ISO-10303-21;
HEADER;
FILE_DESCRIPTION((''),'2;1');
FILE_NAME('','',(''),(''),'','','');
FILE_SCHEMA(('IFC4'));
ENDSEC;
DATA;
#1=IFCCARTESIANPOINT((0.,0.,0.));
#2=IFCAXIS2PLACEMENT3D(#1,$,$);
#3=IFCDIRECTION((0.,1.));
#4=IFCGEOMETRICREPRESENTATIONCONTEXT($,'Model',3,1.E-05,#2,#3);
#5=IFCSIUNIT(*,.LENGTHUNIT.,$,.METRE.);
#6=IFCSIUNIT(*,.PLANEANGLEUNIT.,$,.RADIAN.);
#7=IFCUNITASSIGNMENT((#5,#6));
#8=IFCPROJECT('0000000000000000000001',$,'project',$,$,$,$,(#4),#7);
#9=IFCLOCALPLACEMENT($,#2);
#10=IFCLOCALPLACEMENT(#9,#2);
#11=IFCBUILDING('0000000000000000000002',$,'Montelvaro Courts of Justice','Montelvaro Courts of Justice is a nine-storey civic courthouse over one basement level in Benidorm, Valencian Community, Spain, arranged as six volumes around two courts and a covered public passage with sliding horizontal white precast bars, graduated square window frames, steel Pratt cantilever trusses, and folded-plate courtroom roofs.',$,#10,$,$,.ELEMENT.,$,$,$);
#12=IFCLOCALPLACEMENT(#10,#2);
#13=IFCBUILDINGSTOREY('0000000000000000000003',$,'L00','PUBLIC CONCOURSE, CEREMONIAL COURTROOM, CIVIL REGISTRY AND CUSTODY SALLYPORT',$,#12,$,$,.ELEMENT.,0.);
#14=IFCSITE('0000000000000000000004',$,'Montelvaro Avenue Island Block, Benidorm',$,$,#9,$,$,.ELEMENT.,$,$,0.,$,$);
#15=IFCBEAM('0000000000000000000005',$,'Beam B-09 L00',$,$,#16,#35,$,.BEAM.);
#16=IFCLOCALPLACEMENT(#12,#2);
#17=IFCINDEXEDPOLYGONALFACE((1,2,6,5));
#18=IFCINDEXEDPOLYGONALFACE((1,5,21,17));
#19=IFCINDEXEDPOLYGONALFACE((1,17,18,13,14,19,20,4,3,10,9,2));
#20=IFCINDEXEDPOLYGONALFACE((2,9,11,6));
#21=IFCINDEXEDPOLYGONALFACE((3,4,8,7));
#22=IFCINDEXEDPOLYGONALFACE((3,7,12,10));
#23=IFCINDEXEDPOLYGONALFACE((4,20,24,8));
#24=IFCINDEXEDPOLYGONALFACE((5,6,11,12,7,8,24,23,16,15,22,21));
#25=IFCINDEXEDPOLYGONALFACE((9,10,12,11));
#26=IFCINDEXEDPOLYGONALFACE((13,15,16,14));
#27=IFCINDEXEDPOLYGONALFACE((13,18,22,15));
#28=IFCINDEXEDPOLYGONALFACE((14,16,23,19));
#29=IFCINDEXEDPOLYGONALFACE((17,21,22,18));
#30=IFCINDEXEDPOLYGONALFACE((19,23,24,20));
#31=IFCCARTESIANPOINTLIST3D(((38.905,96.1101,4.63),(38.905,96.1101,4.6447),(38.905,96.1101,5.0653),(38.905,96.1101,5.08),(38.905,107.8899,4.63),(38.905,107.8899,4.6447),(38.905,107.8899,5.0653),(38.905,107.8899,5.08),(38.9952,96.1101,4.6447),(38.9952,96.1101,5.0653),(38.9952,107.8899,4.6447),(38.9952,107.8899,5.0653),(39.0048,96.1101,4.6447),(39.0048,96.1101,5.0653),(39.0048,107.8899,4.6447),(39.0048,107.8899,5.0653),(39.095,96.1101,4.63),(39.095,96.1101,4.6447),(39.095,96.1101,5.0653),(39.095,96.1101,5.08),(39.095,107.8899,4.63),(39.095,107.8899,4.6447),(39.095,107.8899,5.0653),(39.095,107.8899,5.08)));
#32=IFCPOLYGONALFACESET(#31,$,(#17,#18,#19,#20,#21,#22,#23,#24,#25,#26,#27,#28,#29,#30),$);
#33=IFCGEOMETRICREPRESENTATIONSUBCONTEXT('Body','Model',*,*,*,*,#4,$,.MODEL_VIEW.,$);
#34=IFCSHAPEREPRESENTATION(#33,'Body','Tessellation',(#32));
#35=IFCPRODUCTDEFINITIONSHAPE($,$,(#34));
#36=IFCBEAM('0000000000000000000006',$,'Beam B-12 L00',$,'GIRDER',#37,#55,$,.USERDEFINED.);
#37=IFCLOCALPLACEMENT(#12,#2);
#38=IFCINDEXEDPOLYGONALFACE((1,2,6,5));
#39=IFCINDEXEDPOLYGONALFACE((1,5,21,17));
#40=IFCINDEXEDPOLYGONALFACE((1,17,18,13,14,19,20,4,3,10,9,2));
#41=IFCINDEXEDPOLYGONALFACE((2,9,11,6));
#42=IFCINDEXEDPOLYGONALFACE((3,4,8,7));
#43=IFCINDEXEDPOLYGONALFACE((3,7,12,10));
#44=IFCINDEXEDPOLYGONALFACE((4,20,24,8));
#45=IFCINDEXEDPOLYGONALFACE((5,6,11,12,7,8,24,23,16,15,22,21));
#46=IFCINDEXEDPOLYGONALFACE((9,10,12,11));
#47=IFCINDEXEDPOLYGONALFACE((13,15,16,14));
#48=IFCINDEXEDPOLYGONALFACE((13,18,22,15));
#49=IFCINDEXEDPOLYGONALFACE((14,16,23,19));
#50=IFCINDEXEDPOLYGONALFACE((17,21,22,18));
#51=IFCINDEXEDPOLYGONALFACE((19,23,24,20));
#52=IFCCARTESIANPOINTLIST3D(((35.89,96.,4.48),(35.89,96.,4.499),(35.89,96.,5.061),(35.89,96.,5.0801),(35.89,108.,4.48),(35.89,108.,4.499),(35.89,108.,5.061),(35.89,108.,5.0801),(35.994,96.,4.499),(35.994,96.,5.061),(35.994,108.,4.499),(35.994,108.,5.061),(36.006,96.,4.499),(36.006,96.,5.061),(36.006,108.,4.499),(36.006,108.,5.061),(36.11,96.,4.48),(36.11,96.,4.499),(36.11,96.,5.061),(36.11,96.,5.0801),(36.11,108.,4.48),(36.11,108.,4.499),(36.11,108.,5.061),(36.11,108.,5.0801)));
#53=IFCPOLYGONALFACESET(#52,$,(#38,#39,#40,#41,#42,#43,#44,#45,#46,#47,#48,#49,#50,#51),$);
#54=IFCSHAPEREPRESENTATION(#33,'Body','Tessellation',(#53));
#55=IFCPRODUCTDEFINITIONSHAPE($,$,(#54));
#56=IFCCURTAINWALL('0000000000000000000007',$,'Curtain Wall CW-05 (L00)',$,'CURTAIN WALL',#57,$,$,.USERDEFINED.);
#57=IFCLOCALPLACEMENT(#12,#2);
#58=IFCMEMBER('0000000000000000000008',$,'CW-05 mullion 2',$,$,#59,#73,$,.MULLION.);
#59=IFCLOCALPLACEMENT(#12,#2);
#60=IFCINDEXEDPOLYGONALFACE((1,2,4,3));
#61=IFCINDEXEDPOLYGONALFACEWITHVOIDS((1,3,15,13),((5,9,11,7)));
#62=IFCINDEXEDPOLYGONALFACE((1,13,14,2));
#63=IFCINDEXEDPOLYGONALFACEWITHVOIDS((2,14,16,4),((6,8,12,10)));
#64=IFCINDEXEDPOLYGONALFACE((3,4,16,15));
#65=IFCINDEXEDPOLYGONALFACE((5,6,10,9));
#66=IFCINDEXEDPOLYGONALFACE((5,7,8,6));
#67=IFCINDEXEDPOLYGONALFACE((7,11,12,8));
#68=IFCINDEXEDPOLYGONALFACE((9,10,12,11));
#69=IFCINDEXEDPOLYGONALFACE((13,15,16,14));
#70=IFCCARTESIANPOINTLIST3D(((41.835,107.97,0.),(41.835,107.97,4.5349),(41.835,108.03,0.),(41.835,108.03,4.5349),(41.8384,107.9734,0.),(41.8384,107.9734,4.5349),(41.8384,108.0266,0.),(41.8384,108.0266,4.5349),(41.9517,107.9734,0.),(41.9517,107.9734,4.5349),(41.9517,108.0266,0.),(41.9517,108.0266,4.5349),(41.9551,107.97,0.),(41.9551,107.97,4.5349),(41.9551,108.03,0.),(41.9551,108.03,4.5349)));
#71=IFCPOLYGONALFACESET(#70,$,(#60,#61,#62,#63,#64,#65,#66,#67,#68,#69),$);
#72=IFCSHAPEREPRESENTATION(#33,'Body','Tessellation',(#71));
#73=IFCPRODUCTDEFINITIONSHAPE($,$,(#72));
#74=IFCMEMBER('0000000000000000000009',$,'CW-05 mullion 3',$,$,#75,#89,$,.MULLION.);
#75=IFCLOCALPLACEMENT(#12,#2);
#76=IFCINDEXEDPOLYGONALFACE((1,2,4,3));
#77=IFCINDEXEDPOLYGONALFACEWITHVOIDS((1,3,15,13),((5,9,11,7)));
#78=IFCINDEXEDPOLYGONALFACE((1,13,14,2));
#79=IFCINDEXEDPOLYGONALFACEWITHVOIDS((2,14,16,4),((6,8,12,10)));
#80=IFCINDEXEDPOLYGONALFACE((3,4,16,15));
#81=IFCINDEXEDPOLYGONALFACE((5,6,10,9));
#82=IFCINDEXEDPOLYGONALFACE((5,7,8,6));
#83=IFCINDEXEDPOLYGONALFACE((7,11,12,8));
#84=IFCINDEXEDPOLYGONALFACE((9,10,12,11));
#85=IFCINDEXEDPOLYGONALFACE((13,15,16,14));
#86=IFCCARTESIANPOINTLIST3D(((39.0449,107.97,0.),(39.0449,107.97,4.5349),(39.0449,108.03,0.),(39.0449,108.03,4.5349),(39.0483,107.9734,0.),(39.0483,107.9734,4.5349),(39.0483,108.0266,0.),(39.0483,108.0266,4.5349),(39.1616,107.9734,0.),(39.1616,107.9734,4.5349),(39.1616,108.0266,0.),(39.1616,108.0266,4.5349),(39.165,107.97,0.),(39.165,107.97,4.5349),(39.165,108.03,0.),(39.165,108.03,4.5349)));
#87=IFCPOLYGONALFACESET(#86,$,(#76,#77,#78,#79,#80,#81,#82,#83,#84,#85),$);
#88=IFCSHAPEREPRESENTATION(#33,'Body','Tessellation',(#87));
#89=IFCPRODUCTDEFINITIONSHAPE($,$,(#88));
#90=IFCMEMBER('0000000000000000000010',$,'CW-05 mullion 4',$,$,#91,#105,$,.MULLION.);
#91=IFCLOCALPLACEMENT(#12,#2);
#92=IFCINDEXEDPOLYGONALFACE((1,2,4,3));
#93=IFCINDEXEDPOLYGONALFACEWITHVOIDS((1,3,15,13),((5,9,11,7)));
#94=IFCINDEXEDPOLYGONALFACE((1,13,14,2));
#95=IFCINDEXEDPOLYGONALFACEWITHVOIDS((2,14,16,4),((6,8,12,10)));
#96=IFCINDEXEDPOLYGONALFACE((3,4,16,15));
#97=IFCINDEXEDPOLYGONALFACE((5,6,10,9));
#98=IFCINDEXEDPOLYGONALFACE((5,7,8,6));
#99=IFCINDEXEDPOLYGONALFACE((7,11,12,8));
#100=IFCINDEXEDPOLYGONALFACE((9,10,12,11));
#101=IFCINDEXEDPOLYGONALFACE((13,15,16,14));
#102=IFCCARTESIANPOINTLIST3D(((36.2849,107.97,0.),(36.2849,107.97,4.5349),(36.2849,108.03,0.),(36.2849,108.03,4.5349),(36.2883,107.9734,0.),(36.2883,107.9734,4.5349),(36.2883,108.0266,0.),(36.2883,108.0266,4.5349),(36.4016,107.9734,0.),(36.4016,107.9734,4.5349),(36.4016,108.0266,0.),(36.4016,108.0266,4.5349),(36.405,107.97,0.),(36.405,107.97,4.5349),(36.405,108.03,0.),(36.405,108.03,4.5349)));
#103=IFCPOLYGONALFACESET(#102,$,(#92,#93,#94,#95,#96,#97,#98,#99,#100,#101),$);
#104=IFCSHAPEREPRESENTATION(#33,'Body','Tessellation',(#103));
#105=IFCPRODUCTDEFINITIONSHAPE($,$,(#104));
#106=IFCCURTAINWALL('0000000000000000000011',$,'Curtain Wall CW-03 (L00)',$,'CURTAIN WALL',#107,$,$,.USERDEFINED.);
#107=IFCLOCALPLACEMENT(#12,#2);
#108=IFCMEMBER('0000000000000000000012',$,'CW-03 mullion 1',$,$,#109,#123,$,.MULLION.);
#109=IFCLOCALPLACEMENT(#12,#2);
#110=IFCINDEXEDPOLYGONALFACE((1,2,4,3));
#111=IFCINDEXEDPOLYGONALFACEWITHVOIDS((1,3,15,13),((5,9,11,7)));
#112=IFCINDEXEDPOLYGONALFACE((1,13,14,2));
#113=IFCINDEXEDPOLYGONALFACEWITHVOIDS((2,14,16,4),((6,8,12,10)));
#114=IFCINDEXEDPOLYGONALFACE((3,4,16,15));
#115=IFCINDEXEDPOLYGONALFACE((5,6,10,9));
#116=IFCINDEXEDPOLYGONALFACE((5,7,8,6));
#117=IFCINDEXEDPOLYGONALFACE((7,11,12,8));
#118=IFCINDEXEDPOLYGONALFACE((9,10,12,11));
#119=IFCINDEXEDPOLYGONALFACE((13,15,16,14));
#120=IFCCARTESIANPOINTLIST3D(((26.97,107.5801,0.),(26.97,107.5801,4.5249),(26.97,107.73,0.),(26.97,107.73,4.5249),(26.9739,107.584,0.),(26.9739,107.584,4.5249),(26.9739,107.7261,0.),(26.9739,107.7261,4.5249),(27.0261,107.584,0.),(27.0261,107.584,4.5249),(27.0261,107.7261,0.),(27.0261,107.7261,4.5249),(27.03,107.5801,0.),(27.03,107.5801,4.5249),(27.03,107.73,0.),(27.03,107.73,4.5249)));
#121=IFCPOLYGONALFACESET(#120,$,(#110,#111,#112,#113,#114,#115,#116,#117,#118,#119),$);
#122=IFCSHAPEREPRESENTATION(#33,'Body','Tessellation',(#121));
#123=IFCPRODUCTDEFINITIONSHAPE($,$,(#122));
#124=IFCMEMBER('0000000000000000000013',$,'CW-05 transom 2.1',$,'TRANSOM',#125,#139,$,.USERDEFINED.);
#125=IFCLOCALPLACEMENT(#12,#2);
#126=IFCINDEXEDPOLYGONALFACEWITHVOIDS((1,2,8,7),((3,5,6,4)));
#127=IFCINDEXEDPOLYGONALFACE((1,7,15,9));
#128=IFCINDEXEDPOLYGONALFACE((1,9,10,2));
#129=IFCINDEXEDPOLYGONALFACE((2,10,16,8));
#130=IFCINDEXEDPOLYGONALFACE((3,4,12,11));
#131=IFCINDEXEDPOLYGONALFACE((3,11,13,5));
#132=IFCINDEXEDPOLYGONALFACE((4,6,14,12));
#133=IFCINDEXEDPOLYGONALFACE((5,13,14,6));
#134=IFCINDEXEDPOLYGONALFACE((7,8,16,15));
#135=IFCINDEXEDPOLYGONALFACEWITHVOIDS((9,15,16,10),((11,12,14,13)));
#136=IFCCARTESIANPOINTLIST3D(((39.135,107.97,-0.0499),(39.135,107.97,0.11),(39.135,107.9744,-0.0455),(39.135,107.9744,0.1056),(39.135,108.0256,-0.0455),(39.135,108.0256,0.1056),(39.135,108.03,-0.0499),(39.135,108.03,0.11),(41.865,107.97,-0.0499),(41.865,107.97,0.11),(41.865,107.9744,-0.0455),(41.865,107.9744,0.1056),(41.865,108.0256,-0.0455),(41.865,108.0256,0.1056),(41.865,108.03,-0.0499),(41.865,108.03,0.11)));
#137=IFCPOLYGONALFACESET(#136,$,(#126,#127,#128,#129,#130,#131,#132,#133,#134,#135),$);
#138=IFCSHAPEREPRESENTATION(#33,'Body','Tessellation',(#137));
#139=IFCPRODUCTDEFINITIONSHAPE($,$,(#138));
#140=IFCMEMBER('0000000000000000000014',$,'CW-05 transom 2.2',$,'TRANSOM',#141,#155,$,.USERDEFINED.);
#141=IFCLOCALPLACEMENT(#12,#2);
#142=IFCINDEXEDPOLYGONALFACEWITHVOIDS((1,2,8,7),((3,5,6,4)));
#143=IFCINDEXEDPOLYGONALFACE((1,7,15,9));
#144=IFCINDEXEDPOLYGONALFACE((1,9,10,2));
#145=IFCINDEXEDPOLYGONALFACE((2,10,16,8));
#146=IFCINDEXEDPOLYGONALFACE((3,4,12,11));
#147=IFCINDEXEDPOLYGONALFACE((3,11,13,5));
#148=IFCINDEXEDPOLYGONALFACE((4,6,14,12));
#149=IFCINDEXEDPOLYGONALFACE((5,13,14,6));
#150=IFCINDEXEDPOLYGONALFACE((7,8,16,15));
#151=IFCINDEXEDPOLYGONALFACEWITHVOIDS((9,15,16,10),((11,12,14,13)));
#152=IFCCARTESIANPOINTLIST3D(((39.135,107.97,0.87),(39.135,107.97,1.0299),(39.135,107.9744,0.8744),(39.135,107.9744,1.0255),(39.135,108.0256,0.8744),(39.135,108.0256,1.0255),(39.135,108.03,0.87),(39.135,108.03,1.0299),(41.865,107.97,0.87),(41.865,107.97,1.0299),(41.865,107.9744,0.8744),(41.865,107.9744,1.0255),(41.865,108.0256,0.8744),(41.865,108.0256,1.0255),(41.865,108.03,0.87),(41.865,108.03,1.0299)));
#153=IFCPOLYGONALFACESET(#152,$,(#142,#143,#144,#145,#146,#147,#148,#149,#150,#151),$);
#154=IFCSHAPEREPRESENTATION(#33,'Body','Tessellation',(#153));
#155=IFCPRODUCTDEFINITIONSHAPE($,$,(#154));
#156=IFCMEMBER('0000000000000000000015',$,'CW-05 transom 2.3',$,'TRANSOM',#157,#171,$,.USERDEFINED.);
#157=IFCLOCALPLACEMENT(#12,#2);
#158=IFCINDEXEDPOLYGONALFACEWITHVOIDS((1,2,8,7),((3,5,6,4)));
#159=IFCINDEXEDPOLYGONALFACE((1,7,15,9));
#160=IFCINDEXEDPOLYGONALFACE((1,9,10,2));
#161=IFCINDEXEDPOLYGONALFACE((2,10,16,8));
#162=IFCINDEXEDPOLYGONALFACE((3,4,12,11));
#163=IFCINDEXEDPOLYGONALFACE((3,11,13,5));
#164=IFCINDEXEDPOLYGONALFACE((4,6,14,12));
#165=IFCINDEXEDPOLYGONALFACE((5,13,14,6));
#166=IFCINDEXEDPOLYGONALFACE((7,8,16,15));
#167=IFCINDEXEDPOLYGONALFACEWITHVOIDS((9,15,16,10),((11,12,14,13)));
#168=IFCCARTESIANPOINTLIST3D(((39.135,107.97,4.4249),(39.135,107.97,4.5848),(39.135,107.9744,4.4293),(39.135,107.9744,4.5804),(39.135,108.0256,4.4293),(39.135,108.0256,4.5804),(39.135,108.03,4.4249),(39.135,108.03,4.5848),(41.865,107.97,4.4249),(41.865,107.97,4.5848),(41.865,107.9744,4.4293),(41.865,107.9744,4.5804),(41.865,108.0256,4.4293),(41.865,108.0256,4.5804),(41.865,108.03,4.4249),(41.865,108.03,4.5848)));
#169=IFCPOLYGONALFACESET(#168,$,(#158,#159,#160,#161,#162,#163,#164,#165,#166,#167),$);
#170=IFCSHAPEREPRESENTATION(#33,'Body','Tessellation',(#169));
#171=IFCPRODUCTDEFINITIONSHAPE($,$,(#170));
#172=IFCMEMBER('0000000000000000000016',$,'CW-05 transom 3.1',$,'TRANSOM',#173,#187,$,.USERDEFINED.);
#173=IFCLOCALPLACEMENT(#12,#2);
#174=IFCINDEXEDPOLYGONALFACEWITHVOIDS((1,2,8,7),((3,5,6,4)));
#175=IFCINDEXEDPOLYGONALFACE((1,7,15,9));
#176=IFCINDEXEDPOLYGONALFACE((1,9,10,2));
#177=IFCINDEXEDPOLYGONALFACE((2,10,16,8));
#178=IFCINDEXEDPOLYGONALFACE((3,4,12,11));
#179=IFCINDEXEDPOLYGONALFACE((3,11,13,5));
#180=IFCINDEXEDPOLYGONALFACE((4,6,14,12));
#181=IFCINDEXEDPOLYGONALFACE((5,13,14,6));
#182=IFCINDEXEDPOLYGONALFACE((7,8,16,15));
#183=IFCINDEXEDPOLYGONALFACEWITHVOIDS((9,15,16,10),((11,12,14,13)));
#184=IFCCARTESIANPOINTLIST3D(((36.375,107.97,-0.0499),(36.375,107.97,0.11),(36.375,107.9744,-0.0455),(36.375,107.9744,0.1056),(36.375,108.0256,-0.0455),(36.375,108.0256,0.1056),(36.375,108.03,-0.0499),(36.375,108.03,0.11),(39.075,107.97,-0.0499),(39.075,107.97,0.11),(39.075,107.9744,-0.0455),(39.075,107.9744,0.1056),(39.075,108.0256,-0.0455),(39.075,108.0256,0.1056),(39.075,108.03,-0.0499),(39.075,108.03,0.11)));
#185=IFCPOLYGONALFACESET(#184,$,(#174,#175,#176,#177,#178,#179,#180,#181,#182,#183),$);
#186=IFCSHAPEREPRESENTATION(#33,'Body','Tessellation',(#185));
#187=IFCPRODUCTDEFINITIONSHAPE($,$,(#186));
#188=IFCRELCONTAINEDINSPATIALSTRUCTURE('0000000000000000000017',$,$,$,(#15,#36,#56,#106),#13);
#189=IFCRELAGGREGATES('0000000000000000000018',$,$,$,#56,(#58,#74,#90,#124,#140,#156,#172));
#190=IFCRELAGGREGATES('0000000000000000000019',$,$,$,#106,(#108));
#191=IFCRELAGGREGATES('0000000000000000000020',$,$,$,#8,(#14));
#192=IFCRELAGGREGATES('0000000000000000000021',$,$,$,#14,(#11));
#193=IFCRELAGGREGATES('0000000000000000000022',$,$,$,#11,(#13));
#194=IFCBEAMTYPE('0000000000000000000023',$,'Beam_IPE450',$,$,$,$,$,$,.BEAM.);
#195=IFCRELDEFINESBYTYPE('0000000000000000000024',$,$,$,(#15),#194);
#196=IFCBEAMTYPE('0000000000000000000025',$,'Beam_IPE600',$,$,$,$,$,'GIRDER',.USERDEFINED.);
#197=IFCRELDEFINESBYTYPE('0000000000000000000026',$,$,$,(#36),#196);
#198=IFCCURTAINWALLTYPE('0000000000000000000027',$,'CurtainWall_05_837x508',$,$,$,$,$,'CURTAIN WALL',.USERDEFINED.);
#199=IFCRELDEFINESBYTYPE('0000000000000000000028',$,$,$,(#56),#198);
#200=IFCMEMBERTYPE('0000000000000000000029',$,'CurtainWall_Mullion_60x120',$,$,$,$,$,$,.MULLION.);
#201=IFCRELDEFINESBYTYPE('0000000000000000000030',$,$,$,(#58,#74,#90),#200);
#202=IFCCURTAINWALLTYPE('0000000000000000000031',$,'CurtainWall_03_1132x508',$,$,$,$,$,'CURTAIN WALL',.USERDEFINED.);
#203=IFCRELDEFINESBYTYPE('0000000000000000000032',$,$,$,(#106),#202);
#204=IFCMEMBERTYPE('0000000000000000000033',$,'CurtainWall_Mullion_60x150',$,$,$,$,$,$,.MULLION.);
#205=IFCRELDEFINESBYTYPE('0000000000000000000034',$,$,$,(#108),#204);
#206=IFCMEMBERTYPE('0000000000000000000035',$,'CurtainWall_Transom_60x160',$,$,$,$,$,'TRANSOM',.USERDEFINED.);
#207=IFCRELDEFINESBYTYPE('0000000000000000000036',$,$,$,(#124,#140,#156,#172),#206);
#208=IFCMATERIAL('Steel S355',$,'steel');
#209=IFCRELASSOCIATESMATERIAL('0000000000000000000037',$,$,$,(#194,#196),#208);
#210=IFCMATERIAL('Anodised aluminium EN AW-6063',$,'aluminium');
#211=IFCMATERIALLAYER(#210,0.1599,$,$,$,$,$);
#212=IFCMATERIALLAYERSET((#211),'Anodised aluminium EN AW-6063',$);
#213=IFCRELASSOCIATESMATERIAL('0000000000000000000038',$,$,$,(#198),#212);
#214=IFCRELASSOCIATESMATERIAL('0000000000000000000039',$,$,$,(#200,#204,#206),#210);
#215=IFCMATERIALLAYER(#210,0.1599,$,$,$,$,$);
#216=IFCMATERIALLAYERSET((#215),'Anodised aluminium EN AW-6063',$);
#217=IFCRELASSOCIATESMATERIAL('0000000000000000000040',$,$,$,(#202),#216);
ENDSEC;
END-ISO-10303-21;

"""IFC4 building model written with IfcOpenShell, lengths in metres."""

from ifc_helpers import new_model, si_unit, direction, frame, origin, origin_2d, place, context, subcontext, project, spatial, hollow_rectangle, i_section, extrude, material, layer, layer_set, material_profile, profile_set, type_object, element, aggregate, save


model = new_model("IFC4")

# Units and contexts
model_context = context("Model", 3, precision=1e-05, world=origin(), true_north=direction((0.0, 1.0)))
body_context = subcontext(model_context, "Body", "Model", "MODEL_VIEW")
ifc_project = project(units=[si_unit("LENGTHUNIT", "METRE"), si_unit("PLANEANGLEUNIT", "RADIAN")], contexts=[model_context])

# Site, building, storey
site_placement = place(None, origin())
site = spatial("IfcSite", under=ifc_project, at=site_placement, Name="Montelvaro Avenue Island Block, Benidorm", CompositionType="ELEMENT", RefElevation=0.0)
building_placement = place(site_placement, origin())
building = spatial("IfcBuilding", under=site, at=building_placement, Name="Montelvaro Courts of Justice", Description="Montelvaro Courts of Justice is a nine-storey civic courthouse over one basement level in Benidorm, Valencian Community, Spain, arranged as six volumes around two courts and a covered public passage with sliding horizontal white precast bars, graduated square window frames, steel Pratt cantilever trusses, and folded-plate courtroom roofs.", CompositionType="ELEMENT")
storey_placement = place(building_placement, origin())
storey = spatial("IfcBuildingStorey", under=building, at=storey_placement, Name="L00", Description="PUBLIC CONCOURSE, CEREMONIAL COURTROOM, CIVIL REGISTRY AND CUSTODY SALLYPORT", CompositionType="ELEMENT", Elevation=0.0)

# Shared definitions
ifc_material_1 = material(Name="Steel S355", Category="steel")

# Beams
ifc_material_profile_1 = material_profile(ifc_material_1, i_section(OverallWidth=0.1899, OverallDepth=0.45, WebThickness=0.0095, FlangeThickness=0.0146, at=origin_2d()), Name="IPE 450")
ifc_profile_set_1 = profile_set([ifc_material_profile_1], Name="Steel S355")
beam_type_1 = type_object("IfcBeamType", Name="Beam_IPE450", PredefinedType="BEAM", material=ifc_profile_set_1)
for number, where, z_axis, x_axis, name in (
    (1, (39.0, 96.1101, 4.855), (0.0, 1.0, 0.0), (-1.0, 0.0, 0.0), "Beam B-09 L00"),
):
    element("IfcBeam", number, at=place(storey_placement, frame(where, z_axis=z_axis, x_axis=x_axis)), inside=storey, type_object=beam_type_1, Name=name, PredefinedType="BEAM", context=body_context, shape_type="SweptSolid", body=[
        extrude(i_section(OverallWidth=0.1899, OverallDepth=0.45, WebThickness=0.0095, FlangeThickness=0.0146, at=origin_2d()), origin(), (0.0, 0.0, 1.0), 11.7798),
    ])
ifc_material_profile_2 = material_profile(ifc_material_1, i_section(OverallWidth=0.22, OverallDepth=0.6001, WebThickness=0.012, FlangeThickness=0.019, at=origin_2d()), Name="IPE 600")
ifc_profile_set_2 = profile_set([ifc_material_profile_2], Name="Steel S355")
beam_type_2 = type_object("IfcBeamType", Name="Beam_IPE600", ElementType="GIRDER", PredefinedType="USERDEFINED", material=ifc_profile_set_2)
beam_1_placement = place(storey_placement, frame((36.0, 96.0, 4.78), z_axis=(0.0, 1.0, 0.0), x_axis=(-1.0, 0.0, 0.0)))
element("IfcBeam", 2, at=beam_1_placement, inside=storey, type_object=beam_type_2, Name="Beam B-12 L00", ObjectType="GIRDER", PredefinedType="USERDEFINED", context=body_context, shape_type="SweptSolid", body=[
    extrude(i_section(OverallWidth=0.22, OverallDepth=0.6001, WebThickness=0.012, FlangeThickness=0.019, at=origin_2d()), origin(), (0.0, 0.0, 1.0), 12.0),
])

# Curtain wall, members
ifc_material_2 = material(Name="Anodised aluminium EN AW-6063", Category="aluminium")
ifc_layer_1 = layer(ifc_material_2, 0.1599)
ifc_layer_set_1 = layer_set([ifc_layer_1], Name="Anodised aluminium EN AW-6063")
curtain_wall_type_1 = type_object("IfcCurtainWallType", Name="CurtainWall_05_837x508", ElementType="CURTAIN WALL", PredefinedType="USERDEFINED", material=ifc_layer_set_1)
curtain_wall_1_placement = place(storey_placement, origin())
curtain_wall_1 = element("IfcCurtainWall", 3, at=curtain_wall_1_placement, inside=storey, type_object=curtain_wall_type_1, Name="Curtain Wall CW-05 (L00)", ObjectType="CURTAIN WALL", PredefinedType="USERDEFINED")
ifc_material_profile_3 = material_profile(ifc_material_2, hollow_rectangle(XDim=0.0601, YDim=0.1201, WallThickness=0.0034, at=origin_2d()), Name="ALU-M 60x120")
ifc_profile_set_3 = profile_set([ifc_material_profile_3], Name="Anodised aluminium EN AW-6063")
member_type_1 = type_object("IfcMemberType", Name="CurtainWall_Mullion_60x120", PredefinedType="MULLION", material=ifc_profile_set_3)
member_1_placement = place(storey_placement, frame((41.895, 108.0, 0.0), z_axis=(0.0, 0.0, 1.0), x_axis=(0.0, -1.0, 0.0)))
member_1 = element("IfcMember", 4, at=member_1_placement, type_object=member_type_1, Name="CW-05 mullion 2", PredefinedType="MULLION", context=body_context, shape_type="SweptSolid", body=[
    extrude(hollow_rectangle(XDim=0.0601, YDim=0.1201, WallThickness=0.0034, at=origin_2d()), origin(), (0.0, 0.0, 1.0), 4.5349),
])
member_2_placement = place(storey_placement, frame((39.105, 108.0, 0.0), z_axis=(0.0, 0.0, 1.0), x_axis=(0.0, -1.0, 0.0)))
member_2 = element("IfcMember", 5, at=member_2_placement, type_object=member_type_1, Name="CW-05 mullion 3", PredefinedType="MULLION", context=body_context, shape_type="SweptSolid", body=[
    extrude(hollow_rectangle(XDim=0.0601, YDim=0.1201, WallThickness=0.0034, at=origin_2d()), origin(), (0.0, 0.0, 1.0), 4.5349),
])
member_3_placement = place(storey_placement, frame((36.345, 108.0, 0.0), z_axis=(0.0, 0.0, 1.0), x_axis=(0.0, -1.0, 0.0)))
member_3 = element("IfcMember", 6, at=member_3_placement, type_object=member_type_1, Name="CW-05 mullion 4", PredefinedType="MULLION", context=body_context, shape_type="SweptSolid", body=[
    extrude(hollow_rectangle(XDim=0.0601, YDim=0.1201, WallThickness=0.0034, at=origin_2d()), origin(), (0.0, 0.0, 1.0), 4.5349),
])

# Curtain wall, member
ifc_layer_2 = layer(ifc_material_2, 0.1599)
ifc_layer_set_2 = layer_set([ifc_layer_2], Name="Anodised aluminium EN AW-6063")
curtain_wall_type_2 = type_object("IfcCurtainWallType", Name="CurtainWall_03_1132x508", ElementType="CURTAIN WALL", PredefinedType="USERDEFINED", material=ifc_layer_set_2)
curtain_wall_2_placement = place(storey_placement, origin())
curtain_wall_2 = element("IfcCurtainWall", 7, at=curtain_wall_2_placement, inside=storey, type_object=curtain_wall_type_2, Name="Curtain Wall CW-03 (L00)", ObjectType="CURTAIN WALL", PredefinedType="USERDEFINED")
ifc_material_profile_4 = material_profile(ifc_material_2, hollow_rectangle(XDim=0.0601, YDim=0.1499, WallThickness=0.0039, at=origin_2d()), Name="ALU-M 60x150")
ifc_profile_set_4 = profile_set([ifc_material_profile_4], Name="Anodised aluminium EN AW-6063")
member_type_2 = type_object("IfcMemberType", Name="CurtainWall_Mullion_60x150", PredefinedType="MULLION", material=ifc_profile_set_4)
member_4_placement = place(storey_placement, frame((27.0, 107.655, 0.0), z_axis=(0.0, 0.0, 1.0), x_axis=(1.0, 0.0, 0.0)))
member_4 = element("IfcMember", 8, at=member_4_placement, type_object=member_type_2, Name="CW-03 mullion 1", PredefinedType="MULLION", context=body_context, shape_type="SweptSolid", body=[
    extrude(hollow_rectangle(XDim=0.0601, YDim=0.1499, WallThickness=0.0039, at=origin_2d()), origin(), (0.0, 0.0, 1.0), 4.5249),
])

# Members
ifc_material_profile_5 = material_profile(ifc_material_2, hollow_rectangle(XDim=0.0601, YDim=0.1599, WallThickness=0.0044, at=origin_2d()), Name="ALU-T 60x160")
ifc_profile_set_5 = profile_set([ifc_material_profile_5], Name="Anodised aluminium EN AW-6063")
member_type_3 = type_object("IfcMemberType", Name="CurtainWall_Transom_60x160", ElementType="TRANSOM", PredefinedType="USERDEFINED", material=ifc_profile_set_5)
member_5_placement = place(storey_placement, frame((41.865, 108.0, 0.03), z_axis=(-1.0, 0.0, 0.0), x_axis=(0.0, -1.0, 0.0)))
member_5 = element("IfcMember", 9, at=member_5_placement, type_object=member_type_3, Name="CW-05 transom 2.1", ObjectType="TRANSOM", PredefinedType="USERDEFINED", context=body_context, shape_type="SweptSolid", body=[
    extrude(hollow_rectangle(XDim=0.0601, YDim=0.1599, WallThickness=0.0044, at=origin_2d()), origin(), (0.0, 0.0, 1.0), 2.73),
])
member_6_placement = place(storey_placement, frame((41.865, 108.0, 0.95), z_axis=(-1.0, 0.0, 0.0), x_axis=(0.0, -1.0, 0.0)))
member_6 = element("IfcMember", 10, at=member_6_placement, type_object=member_type_3, Name="CW-05 transom 2.2", ObjectType="TRANSOM", PredefinedType="USERDEFINED", context=body_context, shape_type="SweptSolid", body=[
    extrude(hollow_rectangle(XDim=0.0601, YDim=0.1599, WallThickness=0.0044, at=origin_2d()), origin(), (0.0, 0.0, 1.0), 2.73),
])
member_7_placement = place(storey_placement, frame((41.865, 108.0, 4.5049), z_axis=(-1.0, 0.0, 0.0), x_axis=(0.0, -1.0, 0.0)))
member_7 = element("IfcMember", 11, at=member_7_placement, type_object=member_type_3, Name="CW-05 transom 2.3", ObjectType="TRANSOM", PredefinedType="USERDEFINED", context=body_context, shape_type="SweptSolid", body=[
    extrude(hollow_rectangle(XDim=0.0601, YDim=0.1599, WallThickness=0.0044, at=origin_2d()), origin(), (0.0, 0.0, 1.0), 2.73),
])
member_8_placement = place(storey_placement, frame((39.075, 108.0, 0.03), z_axis=(-1.0, 0.0, 0.0), x_axis=(0.0, -1.0, 0.0)))
member_8 = element("IfcMember", 12, at=member_8_placement, type_object=member_type_3, Name="CW-05 transom 3.1", ObjectType="TRANSOM", PredefinedType="USERDEFINED", context=body_context, shape_type="SweptSolid", body=[
    extrude(hollow_rectangle(XDim=0.0601, YDim=0.1599, WallThickness=0.0044, at=origin_2d()), origin(), (0.0, 0.0, 1.0), 2.7),
])

aggregate(curtain_wall_1, [member_1, member_2, member_3, member_5, member_6, member_7, member_8])
aggregate(curtain_wall_2, [member_4])

save(model, "model.ifc")
